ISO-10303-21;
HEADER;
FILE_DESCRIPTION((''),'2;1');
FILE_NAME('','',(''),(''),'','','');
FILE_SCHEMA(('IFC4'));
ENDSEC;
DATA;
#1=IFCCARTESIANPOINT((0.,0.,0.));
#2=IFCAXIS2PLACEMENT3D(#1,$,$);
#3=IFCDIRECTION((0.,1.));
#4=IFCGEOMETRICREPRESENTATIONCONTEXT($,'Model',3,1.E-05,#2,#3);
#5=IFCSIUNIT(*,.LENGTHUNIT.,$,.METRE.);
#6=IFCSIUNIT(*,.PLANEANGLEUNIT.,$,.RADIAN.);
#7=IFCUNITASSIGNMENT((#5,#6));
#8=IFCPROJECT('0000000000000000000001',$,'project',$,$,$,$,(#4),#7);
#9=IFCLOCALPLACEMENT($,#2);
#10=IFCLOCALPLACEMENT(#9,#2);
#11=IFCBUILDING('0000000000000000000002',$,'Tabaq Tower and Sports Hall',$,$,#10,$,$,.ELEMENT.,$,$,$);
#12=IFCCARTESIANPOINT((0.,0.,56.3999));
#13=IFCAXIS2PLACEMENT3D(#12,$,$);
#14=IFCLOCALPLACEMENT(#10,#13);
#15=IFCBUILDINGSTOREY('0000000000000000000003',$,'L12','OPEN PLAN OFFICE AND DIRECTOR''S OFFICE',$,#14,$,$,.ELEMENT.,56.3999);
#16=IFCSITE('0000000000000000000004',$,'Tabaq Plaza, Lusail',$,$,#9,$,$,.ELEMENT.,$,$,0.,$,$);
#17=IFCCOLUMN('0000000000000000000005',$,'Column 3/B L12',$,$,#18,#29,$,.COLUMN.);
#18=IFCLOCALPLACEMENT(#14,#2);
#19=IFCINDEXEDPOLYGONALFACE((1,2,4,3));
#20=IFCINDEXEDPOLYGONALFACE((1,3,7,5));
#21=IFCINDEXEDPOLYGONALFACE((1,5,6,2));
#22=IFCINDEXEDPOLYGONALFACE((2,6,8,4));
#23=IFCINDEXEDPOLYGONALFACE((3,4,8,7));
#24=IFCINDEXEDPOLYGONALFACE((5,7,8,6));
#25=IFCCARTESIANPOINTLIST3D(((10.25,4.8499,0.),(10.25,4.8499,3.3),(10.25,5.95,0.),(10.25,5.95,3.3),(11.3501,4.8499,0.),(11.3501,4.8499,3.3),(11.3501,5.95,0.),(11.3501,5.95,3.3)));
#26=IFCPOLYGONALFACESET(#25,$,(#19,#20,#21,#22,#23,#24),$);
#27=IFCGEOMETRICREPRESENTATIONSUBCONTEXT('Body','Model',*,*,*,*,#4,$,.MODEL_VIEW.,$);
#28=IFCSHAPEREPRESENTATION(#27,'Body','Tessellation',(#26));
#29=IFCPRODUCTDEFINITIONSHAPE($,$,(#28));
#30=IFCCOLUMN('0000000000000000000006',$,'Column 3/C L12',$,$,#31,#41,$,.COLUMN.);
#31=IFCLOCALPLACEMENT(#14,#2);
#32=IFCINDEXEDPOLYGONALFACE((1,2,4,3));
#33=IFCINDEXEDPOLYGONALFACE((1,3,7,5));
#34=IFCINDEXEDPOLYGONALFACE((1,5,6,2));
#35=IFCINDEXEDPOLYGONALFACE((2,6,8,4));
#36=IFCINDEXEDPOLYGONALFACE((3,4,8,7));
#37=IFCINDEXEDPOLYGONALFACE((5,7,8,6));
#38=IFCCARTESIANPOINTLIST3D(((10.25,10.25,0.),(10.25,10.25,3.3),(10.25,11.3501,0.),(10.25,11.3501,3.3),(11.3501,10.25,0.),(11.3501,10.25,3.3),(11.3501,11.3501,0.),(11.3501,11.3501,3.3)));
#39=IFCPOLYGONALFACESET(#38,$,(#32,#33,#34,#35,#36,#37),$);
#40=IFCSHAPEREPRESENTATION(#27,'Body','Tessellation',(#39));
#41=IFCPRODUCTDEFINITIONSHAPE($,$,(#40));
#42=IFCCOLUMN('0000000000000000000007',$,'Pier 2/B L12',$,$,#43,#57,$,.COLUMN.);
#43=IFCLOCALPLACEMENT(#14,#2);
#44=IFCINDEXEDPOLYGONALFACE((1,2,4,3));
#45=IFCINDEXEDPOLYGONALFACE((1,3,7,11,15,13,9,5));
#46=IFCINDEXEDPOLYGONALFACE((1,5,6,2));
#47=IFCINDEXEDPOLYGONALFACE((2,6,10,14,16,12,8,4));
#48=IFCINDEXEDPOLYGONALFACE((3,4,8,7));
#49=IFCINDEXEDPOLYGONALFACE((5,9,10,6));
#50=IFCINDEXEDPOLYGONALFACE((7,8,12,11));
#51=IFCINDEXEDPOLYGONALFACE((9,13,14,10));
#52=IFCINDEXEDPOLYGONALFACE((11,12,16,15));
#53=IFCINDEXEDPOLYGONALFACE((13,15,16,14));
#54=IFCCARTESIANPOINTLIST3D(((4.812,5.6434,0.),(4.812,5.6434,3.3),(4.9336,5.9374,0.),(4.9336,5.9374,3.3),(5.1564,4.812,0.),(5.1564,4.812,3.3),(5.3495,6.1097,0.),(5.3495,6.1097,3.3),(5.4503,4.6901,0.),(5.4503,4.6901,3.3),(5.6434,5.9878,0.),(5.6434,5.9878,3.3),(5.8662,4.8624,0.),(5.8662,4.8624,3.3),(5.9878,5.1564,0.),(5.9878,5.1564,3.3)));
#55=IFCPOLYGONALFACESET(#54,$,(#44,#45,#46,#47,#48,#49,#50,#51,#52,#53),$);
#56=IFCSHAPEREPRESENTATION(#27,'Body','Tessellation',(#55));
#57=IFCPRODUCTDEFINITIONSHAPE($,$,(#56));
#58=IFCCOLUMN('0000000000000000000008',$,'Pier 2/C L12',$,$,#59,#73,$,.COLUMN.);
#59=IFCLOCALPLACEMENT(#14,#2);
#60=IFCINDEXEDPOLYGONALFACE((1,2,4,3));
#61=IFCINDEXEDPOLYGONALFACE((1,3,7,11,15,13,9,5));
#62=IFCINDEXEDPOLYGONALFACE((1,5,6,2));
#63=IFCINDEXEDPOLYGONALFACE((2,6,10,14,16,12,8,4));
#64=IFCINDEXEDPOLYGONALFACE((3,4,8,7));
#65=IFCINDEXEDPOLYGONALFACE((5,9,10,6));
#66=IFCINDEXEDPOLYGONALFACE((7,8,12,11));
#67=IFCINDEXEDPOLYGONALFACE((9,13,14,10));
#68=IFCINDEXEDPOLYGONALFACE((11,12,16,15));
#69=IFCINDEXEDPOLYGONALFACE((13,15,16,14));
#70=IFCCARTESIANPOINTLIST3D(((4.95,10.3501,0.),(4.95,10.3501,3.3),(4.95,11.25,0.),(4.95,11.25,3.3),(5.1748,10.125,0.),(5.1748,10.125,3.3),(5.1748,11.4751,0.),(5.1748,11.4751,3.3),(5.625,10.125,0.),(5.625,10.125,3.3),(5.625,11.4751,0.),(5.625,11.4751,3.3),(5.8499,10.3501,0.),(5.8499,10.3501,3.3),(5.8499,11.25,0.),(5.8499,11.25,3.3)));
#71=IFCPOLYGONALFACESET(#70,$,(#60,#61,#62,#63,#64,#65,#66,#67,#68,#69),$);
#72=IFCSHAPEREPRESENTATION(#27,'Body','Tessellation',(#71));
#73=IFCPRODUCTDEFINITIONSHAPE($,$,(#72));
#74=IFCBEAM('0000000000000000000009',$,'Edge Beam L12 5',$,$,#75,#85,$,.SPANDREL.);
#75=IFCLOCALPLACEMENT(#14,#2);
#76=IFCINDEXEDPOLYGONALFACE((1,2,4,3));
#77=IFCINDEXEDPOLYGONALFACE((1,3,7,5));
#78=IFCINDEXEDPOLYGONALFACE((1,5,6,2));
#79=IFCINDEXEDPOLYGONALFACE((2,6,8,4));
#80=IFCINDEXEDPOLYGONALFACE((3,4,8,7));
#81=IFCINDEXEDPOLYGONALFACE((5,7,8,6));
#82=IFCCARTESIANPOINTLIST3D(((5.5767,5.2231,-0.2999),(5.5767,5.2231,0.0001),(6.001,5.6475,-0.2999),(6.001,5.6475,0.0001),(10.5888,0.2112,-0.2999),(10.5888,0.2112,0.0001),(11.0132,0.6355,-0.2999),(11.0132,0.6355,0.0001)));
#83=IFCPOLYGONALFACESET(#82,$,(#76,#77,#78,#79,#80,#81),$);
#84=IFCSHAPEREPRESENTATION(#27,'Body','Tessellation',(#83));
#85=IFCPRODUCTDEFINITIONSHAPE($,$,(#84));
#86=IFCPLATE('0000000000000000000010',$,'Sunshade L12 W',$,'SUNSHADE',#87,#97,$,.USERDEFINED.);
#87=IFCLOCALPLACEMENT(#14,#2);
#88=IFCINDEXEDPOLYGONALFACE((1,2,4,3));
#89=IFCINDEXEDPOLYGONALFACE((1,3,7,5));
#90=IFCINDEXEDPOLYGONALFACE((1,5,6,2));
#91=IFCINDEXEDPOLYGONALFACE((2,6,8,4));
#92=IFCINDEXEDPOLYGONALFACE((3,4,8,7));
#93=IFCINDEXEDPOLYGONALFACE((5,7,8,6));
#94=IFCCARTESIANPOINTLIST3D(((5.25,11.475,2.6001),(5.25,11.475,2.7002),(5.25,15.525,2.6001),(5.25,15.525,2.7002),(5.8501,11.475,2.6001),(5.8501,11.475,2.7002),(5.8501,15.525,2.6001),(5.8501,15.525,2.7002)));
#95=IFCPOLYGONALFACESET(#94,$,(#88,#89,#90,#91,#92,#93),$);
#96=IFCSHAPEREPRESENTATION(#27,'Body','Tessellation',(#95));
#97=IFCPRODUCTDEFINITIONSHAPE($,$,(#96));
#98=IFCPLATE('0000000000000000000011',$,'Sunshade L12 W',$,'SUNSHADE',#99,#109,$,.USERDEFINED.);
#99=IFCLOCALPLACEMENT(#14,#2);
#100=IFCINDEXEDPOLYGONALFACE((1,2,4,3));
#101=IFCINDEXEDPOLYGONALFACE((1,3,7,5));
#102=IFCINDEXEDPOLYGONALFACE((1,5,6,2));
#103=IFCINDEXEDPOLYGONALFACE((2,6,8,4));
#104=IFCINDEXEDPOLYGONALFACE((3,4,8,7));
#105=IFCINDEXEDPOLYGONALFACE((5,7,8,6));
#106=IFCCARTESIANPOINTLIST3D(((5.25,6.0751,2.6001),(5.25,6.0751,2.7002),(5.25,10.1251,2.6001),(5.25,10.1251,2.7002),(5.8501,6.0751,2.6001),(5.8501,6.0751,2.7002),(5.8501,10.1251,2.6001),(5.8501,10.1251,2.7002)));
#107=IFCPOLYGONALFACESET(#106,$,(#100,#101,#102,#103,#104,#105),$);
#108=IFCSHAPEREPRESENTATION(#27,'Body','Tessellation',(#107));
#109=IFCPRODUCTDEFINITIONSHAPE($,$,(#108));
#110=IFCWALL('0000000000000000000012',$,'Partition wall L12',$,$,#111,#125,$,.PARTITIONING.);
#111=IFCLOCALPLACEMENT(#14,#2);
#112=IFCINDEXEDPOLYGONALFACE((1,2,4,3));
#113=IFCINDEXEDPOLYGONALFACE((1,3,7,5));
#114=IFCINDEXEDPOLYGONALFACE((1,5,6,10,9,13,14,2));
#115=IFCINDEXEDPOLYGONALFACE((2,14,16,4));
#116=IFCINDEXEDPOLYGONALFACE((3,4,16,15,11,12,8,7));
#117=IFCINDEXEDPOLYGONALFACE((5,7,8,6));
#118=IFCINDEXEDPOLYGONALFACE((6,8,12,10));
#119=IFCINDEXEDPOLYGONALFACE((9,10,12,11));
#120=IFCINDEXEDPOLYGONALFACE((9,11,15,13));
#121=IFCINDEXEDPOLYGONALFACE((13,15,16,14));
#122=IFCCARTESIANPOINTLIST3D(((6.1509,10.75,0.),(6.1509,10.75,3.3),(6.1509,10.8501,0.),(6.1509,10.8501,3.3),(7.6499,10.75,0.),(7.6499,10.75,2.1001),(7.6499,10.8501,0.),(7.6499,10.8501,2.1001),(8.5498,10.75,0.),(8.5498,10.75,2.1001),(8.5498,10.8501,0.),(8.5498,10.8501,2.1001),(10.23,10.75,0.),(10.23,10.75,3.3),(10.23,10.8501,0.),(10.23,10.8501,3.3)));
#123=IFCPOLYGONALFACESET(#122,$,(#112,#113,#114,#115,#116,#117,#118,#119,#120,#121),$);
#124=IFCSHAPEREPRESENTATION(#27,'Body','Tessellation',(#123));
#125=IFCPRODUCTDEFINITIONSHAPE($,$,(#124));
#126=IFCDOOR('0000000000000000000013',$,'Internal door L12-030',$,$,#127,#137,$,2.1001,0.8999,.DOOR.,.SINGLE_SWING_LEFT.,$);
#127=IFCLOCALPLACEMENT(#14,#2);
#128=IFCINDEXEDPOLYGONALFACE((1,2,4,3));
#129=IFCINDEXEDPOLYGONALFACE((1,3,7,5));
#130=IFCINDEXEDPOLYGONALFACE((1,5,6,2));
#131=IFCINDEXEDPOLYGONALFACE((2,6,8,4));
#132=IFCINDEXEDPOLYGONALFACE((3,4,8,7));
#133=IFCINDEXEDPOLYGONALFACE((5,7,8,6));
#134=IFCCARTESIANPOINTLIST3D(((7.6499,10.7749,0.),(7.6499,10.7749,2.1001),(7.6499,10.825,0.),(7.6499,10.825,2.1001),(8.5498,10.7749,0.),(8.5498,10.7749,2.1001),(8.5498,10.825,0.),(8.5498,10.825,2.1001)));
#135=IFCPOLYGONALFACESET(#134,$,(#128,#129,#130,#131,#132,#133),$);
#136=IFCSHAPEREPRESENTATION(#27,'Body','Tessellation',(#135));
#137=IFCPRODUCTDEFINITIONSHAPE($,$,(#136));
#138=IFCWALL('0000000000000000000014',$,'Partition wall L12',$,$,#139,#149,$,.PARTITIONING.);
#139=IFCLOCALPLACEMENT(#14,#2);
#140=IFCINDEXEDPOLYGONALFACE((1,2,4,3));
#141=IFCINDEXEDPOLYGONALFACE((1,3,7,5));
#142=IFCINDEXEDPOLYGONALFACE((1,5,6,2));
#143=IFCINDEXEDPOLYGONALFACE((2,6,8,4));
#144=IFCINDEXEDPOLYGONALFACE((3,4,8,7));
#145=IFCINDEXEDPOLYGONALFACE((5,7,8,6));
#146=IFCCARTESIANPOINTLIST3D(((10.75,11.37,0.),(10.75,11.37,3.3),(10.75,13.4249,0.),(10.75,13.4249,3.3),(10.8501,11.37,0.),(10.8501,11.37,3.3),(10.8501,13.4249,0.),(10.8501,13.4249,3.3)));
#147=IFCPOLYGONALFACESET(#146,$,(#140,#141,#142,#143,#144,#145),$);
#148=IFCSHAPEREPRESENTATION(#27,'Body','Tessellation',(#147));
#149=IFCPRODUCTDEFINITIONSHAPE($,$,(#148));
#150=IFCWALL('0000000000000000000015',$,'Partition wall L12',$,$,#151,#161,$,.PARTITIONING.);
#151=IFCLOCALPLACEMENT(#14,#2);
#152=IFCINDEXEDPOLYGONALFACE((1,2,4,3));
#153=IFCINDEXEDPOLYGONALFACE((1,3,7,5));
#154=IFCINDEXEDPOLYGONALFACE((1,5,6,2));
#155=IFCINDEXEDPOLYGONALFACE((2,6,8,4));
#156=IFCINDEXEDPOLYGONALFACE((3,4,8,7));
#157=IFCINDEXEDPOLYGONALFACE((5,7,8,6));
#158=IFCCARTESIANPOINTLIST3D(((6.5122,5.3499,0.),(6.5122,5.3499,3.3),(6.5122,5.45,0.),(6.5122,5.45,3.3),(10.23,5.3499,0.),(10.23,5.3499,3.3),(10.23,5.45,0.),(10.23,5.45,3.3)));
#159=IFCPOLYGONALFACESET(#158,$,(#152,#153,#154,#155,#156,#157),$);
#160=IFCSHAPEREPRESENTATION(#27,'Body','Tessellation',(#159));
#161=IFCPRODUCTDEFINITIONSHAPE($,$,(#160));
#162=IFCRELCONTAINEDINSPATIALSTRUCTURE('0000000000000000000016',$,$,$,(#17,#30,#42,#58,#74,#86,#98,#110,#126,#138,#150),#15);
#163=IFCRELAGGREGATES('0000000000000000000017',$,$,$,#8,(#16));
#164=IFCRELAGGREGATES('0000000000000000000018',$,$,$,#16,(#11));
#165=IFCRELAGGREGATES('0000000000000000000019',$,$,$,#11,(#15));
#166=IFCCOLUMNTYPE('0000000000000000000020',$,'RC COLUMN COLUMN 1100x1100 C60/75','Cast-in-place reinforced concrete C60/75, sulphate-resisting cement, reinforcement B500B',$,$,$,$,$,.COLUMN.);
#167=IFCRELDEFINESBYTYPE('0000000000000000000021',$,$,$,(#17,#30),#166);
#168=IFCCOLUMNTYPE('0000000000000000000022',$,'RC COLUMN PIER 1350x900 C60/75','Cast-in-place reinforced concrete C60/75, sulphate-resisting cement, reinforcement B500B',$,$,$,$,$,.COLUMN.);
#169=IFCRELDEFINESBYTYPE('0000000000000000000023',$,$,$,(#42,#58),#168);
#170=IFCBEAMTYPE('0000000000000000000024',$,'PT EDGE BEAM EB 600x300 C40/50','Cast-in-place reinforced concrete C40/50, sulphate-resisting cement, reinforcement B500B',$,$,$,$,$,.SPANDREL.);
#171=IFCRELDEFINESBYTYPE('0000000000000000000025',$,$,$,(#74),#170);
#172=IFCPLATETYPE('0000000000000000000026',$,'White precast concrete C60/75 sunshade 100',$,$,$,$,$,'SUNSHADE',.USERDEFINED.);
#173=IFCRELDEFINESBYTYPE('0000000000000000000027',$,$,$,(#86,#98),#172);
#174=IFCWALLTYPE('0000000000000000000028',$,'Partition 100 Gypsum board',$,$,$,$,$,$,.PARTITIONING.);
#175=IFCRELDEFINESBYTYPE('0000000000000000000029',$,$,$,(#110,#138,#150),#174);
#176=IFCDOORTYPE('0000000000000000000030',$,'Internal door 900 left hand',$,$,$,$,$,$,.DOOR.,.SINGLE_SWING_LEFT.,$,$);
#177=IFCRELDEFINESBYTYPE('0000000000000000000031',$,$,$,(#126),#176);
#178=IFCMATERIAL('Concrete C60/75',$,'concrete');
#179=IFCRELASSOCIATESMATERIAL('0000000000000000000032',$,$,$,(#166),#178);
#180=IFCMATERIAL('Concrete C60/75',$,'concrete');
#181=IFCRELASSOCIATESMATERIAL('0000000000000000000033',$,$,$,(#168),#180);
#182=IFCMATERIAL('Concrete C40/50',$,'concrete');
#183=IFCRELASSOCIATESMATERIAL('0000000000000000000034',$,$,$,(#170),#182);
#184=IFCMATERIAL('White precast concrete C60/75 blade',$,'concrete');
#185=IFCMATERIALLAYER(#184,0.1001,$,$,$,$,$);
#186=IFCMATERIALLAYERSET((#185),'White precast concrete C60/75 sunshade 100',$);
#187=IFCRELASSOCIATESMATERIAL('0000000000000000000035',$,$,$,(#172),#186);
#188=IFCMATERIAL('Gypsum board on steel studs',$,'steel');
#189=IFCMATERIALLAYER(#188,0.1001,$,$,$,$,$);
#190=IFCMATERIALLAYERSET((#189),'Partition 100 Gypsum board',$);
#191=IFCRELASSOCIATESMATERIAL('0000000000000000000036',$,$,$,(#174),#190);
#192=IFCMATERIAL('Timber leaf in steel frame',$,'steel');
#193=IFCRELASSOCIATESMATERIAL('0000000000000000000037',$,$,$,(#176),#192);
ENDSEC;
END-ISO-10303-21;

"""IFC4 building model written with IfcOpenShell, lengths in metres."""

from ifc_helpers import new_model, si_unit, direction, frame, frame_2d, origin, origin_2d, place, context, subcontext, project, spatial, polyline, rectangle, outline, extrude, material, layer, layer_set, material_profile, profile_set, type_object, element, fill, save


model = new_model("IFC4")

# Units and contexts
model_context = context("Model", 3, precision=1e-05, world=origin(), true_north=direction((0.0, 1.0)))
body_context = subcontext(model_context, "Body", "Model", "MODEL_VIEW")
ifc_project = project(units=[si_unit("LENGTHUNIT", "METRE"), si_unit("PLANEANGLEUNIT", "RADIAN")], contexts=[model_context])

# Site, building, storey
site_placement = place(None, origin())
site = spatial("IfcSite", under=ifc_project, at=site_placement, Name="Tabaq Plaza, Lusail", CompositionType="ELEMENT", RefElevation=0.0)
building_placement = place(site_placement, origin())
building = spatial("IfcBuilding", under=site, at=building_placement, Name="Tabaq Tower and Sports Hall", CompositionType="ELEMENT")
storey_placement = place(building_placement, frame((0.0, 0.0, 56.3999)))
storey = spatial("IfcBuildingStorey", under=building, at=storey_placement, Name="L12", Description="OPEN PLAN OFFICE AND DIRECTOR'S OFFICE", CompositionType="ELEMENT", Elevation=56.3999)

# Columns
ifc_material_1 = material(Name="Concrete C60/75", Category="concrete")
ifc_material_profile_1 = material_profile(ifc_material_1, rectangle(XDim=1.1001, YDim=1.1001, at=origin_2d()), Name="COLUMN 1100x1100")
ifc_profile_set_1 = profile_set([ifc_material_profile_1], Name="Concrete C60/75")
column_type_1 = type_object("IfcColumnType", Name="RC COLUMN COLUMN 1100x1100 C60/75", Description="Cast-in-place reinforced concrete C60/75, sulphate-resisting cement, reinforcement B500B", PredefinedType="COLUMN", material=ifc_profile_set_1)
for number, where, z_axis, x_axis, name in (
    (1, (10.8, 5.3999, 0.0), (0.0, 0.0, 1.0), (1.0, 0.0, 0.0), "Column 3/B L12"),
    (2, (10.8, 10.8, 0.0), (0.0, 0.0, 1.0), (1.0, 0.0, 0.0), "Column 3/C L12"),
):
    element("IfcColumn", number, at=place(storey_placement, frame(where, z_axis=z_axis, x_axis=x_axis)), inside=storey, type_object=column_type_1, Name=name, PredefinedType="COLUMN", context=body_context, shape_type="SweptSolid", body=[
        extrude(rectangle(XDim=1.1001, YDim=1.1001, at=origin_2d()), origin(), (0.0, 0.0, 1.0), 3.3),
    ])
ifc_material_2 = material(Name="Concrete C60/75", Category="concrete")
ifc_material_profile_2 = material_profile(ifc_material_2, outline(polyline([(-0.45, -0.45), (0.45, -0.45), (0.675, -0.2251), (0.675, 0.2251), (0.45, 0.45), (-0.45, 0.45), (-0.675, 0.2251), (-0.675, -0.2251), (-0.45, -0.45)])), Name="PIER 1350x900")
ifc_profile_set_2 = profile_set([ifc_material_profile_2], Name="Concrete C60/75")
column_type_2 = type_object("IfcColumnType", Name="RC COLUMN PIER 1350x900 C60/75", Description="Cast-in-place reinforced concrete C60/75, sulphate-resisting cement, reinforcement B500B", PredefinedType="COLUMN", material=ifc_profile_set_2)
for number, where, z_axis, x_axis, name in (
    (3, (5.3999, 5.3999, 0.0), (0.0, 0.0, 1.0), (-0.382683, 0.92388, 0.0), "Pier 2/B L12"),
    (4, (5.3999, 10.8, 0.0), (0.0, 0.0, 1.0), (0.0, 1.0, 0.0), "Pier 2/C L12"),
):
    element("IfcColumn", number, at=place(storey_placement, frame(where, z_axis=z_axis, x_axis=x_axis)), inside=storey, type_object=column_type_2, Name=name, PredefinedType="COLUMN", context=body_context, shape_type="SweptSolid", body=[
        extrude(outline(polyline([(-0.45, -0.45), (0.45, -0.45), (0.675, -0.2251), (0.675, 0.2251), (0.45, 0.45), (-0.45, 0.45), (-0.675, 0.2251), (-0.675, -0.2251), (-0.45, -0.45)])), origin(), (0.0, 0.0, 1.0), 3.3),
    ])

# Beam
ifc_material_3 = material(Name="Concrete C40/50", Category="concrete")
ifc_material_profile_3 = material_profile(ifc_material_3, rectangle(XDim=0.6001, YDim=0.3, at=origin_2d()), Name="EB 600x300")
ifc_profile_set_3 = profile_set([ifc_material_profile_3], Name="Concrete C40/50")
beam_type = type_object("IfcBeamType", Name="PT EDGE BEAM EB 600x300 C40/50", Description="Cast-in-place reinforced concrete C40/50, sulphate-resisting cement, reinforcement B500B", PredefinedType="SPANDREL", material=ifc_profile_set_3)
beam_placement = place(storey_placement, frame((5.7888, 5.4353, -0.1499), z_axis=(0.707124, -0.70709, 0.0), x_axis=(0.70709, 0.707124, 0.0)))
element("IfcBeam", 5, at=beam_placement, inside=storey, type_object=beam_type, Name="Edge Beam L12 5", PredefinedType="SPANDREL", context=body_context, shape_type="SweptSolid", body=[
    extrude(rectangle(XDim=0.6001, YDim=0.3, at=origin_2d()), origin(), (0.0, 0.0, 1.0), 7.0881),
])

# Plates
ifc_material_4 = material(Name="White precast concrete C60/75 blade", Category="concrete")
ifc_layer_1 = layer(ifc_material_4, 0.1001)
ifc_layer_set_1 = layer_set([ifc_layer_1], Name="White precast concrete C60/75 sunshade 100")
plate_type = type_object("IfcPlateType", Name="White precast concrete C60/75 sunshade 100", ElementType="SUNSHADE", PredefinedType="USERDEFINED", material=ifc_layer_set_1)
for number, where, z_axis, x_axis, name in (
    (6, (5.55, 13.5, 2.6001), (0.0, 0.0, 1.0), (0.0, -1.0, 0.0), "Sunshade L12 W"),
    (7, (5.55, 8.1001, 2.6001), (0.0, 0.0, 1.0), (0.0, -1.0, 0.0), "Sunshade L12 W"),
):
    element("IfcPlate", number, at=place(storey_placement, frame(where, z_axis=z_axis, x_axis=x_axis)), inside=storey, type_object=plate_type, Name=name, ObjectType="SUNSHADE", PredefinedType="USERDEFINED", context=body_context, shape_type="SweptSolid", body=[
        extrude(rectangle(XDim=4.05, YDim=0.6001, at=origin_2d()), origin(), (0.0, 0.0, 1.0), 0.1001),
    ])

# Wall, opening, door
ifc_material_5 = material(Name="Gypsum board on steel studs", Category="steel")
ifc_layer_2 = layer(ifc_material_5, 0.1001)
ifc_layer_set_2 = layer_set([ifc_layer_2], Name="Partition 100 Gypsum board")
wall_type_1 = type_object("IfcWallType", Name="Partition 100 Gypsum board", PredefinedType="PARTITIONING", material=ifc_layer_set_2)
wall_1_placement = place(storey_placement, frame((6.1509, 10.8, 0.0), z_axis=(0.0, 0.0, 1.0), x_axis=(1.0, 0.0, 0.0)))
wall_1 = element("IfcWall", 8, at=wall_1_placement, inside=storey, type_object=wall_type_1, Name="Partition wall L12", PredefinedType="PARTITIONING", context=body_context, shape_type="SweptSolid", body=[
    extrude(rectangle(XDim=4.0791, YDim=0.1001, at=frame_2d((2.0396, 0.0))), origin(), (0.0, 0.0, 1.0), 3.3),
])
opening_1_placement = place(wall_1_placement, frame((1.499, 0.0, 0.0)))
opening_1 = element("IfcOpeningElement", 9, at=opening_1_placement, cuts=wall_1, PredefinedType="OPENING", context=body_context, shape_type="SweptSolid", body=[
    extrude(rectangle(XDim=0.8999, YDim=2.1001, at=frame_2d((0.45, 1.05))), frame((0.0, 0.05, 0.0), z_axis=(0.0, -1.0, 0.0), x_axis=(1.0, 0.0, 0.0)), (0.0, 0.0, 1.0), 0.1001),
])
ifc_material_6 = material(Name="Timber leaf in steel frame", Category="steel")
door_type_1 = type_object("IfcDoorType", Name="Internal door 900 left hand", OperationType="SINGLE_SWING_LEFT", PredefinedType="DOOR", material=ifc_material_6)
door_1_placement = place(opening_1_placement, origin())
door_1 = element("IfcDoor", 10, at=door_1_placement, inside=storey, type_object=door_type_1, Name="Internal door L12-030", OperationType="SINGLE_SWING_LEFT", OverallHeight=2.1001, OverallWidth=0.8999, PredefinedType="DOOR", context=body_context, shape_type="SweptSolid", body=[
    extrude(rectangle(XDim=0.8999, YDim=2.1001, at=frame_2d((0.45, 1.05))), frame((0.0, 0.0249, 0.0), z_axis=(0.0, -1.0, 0.0), x_axis=(1.0, 0.0, 0.0)), (0.0, 0.0, 1.0), 0.05),
])
fill(opening_1, door_1)

# Walls
wall_2_placement = place(storey_placement, frame((10.8, 11.3701, 0.0), z_axis=(0.0, 0.0, 1.0), x_axis=(0.0, 1.0, 0.0)))
element("IfcWall", 11, at=wall_2_placement, inside=storey, type_object=wall_type_1, Name="Partition wall L12", PredefinedType="PARTITIONING", context=body_context, shape_type="SweptSolid", body=[
    extrude(rectangle(XDim=2.0549, YDim=0.1001, at=frame_2d((1.0273, 0.0))), origin(), (0.0, 0.0, 1.0), 3.3),
])
wall_3_placement = place(storey_placement, frame((6.5122, 5.3999, 0.0), z_axis=(0.0, 0.0, 1.0), x_axis=(1.0, 0.0, 0.0)))
element("IfcWall", 12, at=wall_3_placement, inside=storey, type_object=wall_type_1, Name="Partition wall L12", PredefinedType="PARTITIONING", context=body_context, shape_type="SweptSolid", body=[
    extrude(rectangle(XDim=3.7178, YDim=0.1001, at=frame_2d((1.8589, 0.0))), origin(), (0.0, 0.0, 1.0), 3.3),
])

save(model, "model.ifc")
